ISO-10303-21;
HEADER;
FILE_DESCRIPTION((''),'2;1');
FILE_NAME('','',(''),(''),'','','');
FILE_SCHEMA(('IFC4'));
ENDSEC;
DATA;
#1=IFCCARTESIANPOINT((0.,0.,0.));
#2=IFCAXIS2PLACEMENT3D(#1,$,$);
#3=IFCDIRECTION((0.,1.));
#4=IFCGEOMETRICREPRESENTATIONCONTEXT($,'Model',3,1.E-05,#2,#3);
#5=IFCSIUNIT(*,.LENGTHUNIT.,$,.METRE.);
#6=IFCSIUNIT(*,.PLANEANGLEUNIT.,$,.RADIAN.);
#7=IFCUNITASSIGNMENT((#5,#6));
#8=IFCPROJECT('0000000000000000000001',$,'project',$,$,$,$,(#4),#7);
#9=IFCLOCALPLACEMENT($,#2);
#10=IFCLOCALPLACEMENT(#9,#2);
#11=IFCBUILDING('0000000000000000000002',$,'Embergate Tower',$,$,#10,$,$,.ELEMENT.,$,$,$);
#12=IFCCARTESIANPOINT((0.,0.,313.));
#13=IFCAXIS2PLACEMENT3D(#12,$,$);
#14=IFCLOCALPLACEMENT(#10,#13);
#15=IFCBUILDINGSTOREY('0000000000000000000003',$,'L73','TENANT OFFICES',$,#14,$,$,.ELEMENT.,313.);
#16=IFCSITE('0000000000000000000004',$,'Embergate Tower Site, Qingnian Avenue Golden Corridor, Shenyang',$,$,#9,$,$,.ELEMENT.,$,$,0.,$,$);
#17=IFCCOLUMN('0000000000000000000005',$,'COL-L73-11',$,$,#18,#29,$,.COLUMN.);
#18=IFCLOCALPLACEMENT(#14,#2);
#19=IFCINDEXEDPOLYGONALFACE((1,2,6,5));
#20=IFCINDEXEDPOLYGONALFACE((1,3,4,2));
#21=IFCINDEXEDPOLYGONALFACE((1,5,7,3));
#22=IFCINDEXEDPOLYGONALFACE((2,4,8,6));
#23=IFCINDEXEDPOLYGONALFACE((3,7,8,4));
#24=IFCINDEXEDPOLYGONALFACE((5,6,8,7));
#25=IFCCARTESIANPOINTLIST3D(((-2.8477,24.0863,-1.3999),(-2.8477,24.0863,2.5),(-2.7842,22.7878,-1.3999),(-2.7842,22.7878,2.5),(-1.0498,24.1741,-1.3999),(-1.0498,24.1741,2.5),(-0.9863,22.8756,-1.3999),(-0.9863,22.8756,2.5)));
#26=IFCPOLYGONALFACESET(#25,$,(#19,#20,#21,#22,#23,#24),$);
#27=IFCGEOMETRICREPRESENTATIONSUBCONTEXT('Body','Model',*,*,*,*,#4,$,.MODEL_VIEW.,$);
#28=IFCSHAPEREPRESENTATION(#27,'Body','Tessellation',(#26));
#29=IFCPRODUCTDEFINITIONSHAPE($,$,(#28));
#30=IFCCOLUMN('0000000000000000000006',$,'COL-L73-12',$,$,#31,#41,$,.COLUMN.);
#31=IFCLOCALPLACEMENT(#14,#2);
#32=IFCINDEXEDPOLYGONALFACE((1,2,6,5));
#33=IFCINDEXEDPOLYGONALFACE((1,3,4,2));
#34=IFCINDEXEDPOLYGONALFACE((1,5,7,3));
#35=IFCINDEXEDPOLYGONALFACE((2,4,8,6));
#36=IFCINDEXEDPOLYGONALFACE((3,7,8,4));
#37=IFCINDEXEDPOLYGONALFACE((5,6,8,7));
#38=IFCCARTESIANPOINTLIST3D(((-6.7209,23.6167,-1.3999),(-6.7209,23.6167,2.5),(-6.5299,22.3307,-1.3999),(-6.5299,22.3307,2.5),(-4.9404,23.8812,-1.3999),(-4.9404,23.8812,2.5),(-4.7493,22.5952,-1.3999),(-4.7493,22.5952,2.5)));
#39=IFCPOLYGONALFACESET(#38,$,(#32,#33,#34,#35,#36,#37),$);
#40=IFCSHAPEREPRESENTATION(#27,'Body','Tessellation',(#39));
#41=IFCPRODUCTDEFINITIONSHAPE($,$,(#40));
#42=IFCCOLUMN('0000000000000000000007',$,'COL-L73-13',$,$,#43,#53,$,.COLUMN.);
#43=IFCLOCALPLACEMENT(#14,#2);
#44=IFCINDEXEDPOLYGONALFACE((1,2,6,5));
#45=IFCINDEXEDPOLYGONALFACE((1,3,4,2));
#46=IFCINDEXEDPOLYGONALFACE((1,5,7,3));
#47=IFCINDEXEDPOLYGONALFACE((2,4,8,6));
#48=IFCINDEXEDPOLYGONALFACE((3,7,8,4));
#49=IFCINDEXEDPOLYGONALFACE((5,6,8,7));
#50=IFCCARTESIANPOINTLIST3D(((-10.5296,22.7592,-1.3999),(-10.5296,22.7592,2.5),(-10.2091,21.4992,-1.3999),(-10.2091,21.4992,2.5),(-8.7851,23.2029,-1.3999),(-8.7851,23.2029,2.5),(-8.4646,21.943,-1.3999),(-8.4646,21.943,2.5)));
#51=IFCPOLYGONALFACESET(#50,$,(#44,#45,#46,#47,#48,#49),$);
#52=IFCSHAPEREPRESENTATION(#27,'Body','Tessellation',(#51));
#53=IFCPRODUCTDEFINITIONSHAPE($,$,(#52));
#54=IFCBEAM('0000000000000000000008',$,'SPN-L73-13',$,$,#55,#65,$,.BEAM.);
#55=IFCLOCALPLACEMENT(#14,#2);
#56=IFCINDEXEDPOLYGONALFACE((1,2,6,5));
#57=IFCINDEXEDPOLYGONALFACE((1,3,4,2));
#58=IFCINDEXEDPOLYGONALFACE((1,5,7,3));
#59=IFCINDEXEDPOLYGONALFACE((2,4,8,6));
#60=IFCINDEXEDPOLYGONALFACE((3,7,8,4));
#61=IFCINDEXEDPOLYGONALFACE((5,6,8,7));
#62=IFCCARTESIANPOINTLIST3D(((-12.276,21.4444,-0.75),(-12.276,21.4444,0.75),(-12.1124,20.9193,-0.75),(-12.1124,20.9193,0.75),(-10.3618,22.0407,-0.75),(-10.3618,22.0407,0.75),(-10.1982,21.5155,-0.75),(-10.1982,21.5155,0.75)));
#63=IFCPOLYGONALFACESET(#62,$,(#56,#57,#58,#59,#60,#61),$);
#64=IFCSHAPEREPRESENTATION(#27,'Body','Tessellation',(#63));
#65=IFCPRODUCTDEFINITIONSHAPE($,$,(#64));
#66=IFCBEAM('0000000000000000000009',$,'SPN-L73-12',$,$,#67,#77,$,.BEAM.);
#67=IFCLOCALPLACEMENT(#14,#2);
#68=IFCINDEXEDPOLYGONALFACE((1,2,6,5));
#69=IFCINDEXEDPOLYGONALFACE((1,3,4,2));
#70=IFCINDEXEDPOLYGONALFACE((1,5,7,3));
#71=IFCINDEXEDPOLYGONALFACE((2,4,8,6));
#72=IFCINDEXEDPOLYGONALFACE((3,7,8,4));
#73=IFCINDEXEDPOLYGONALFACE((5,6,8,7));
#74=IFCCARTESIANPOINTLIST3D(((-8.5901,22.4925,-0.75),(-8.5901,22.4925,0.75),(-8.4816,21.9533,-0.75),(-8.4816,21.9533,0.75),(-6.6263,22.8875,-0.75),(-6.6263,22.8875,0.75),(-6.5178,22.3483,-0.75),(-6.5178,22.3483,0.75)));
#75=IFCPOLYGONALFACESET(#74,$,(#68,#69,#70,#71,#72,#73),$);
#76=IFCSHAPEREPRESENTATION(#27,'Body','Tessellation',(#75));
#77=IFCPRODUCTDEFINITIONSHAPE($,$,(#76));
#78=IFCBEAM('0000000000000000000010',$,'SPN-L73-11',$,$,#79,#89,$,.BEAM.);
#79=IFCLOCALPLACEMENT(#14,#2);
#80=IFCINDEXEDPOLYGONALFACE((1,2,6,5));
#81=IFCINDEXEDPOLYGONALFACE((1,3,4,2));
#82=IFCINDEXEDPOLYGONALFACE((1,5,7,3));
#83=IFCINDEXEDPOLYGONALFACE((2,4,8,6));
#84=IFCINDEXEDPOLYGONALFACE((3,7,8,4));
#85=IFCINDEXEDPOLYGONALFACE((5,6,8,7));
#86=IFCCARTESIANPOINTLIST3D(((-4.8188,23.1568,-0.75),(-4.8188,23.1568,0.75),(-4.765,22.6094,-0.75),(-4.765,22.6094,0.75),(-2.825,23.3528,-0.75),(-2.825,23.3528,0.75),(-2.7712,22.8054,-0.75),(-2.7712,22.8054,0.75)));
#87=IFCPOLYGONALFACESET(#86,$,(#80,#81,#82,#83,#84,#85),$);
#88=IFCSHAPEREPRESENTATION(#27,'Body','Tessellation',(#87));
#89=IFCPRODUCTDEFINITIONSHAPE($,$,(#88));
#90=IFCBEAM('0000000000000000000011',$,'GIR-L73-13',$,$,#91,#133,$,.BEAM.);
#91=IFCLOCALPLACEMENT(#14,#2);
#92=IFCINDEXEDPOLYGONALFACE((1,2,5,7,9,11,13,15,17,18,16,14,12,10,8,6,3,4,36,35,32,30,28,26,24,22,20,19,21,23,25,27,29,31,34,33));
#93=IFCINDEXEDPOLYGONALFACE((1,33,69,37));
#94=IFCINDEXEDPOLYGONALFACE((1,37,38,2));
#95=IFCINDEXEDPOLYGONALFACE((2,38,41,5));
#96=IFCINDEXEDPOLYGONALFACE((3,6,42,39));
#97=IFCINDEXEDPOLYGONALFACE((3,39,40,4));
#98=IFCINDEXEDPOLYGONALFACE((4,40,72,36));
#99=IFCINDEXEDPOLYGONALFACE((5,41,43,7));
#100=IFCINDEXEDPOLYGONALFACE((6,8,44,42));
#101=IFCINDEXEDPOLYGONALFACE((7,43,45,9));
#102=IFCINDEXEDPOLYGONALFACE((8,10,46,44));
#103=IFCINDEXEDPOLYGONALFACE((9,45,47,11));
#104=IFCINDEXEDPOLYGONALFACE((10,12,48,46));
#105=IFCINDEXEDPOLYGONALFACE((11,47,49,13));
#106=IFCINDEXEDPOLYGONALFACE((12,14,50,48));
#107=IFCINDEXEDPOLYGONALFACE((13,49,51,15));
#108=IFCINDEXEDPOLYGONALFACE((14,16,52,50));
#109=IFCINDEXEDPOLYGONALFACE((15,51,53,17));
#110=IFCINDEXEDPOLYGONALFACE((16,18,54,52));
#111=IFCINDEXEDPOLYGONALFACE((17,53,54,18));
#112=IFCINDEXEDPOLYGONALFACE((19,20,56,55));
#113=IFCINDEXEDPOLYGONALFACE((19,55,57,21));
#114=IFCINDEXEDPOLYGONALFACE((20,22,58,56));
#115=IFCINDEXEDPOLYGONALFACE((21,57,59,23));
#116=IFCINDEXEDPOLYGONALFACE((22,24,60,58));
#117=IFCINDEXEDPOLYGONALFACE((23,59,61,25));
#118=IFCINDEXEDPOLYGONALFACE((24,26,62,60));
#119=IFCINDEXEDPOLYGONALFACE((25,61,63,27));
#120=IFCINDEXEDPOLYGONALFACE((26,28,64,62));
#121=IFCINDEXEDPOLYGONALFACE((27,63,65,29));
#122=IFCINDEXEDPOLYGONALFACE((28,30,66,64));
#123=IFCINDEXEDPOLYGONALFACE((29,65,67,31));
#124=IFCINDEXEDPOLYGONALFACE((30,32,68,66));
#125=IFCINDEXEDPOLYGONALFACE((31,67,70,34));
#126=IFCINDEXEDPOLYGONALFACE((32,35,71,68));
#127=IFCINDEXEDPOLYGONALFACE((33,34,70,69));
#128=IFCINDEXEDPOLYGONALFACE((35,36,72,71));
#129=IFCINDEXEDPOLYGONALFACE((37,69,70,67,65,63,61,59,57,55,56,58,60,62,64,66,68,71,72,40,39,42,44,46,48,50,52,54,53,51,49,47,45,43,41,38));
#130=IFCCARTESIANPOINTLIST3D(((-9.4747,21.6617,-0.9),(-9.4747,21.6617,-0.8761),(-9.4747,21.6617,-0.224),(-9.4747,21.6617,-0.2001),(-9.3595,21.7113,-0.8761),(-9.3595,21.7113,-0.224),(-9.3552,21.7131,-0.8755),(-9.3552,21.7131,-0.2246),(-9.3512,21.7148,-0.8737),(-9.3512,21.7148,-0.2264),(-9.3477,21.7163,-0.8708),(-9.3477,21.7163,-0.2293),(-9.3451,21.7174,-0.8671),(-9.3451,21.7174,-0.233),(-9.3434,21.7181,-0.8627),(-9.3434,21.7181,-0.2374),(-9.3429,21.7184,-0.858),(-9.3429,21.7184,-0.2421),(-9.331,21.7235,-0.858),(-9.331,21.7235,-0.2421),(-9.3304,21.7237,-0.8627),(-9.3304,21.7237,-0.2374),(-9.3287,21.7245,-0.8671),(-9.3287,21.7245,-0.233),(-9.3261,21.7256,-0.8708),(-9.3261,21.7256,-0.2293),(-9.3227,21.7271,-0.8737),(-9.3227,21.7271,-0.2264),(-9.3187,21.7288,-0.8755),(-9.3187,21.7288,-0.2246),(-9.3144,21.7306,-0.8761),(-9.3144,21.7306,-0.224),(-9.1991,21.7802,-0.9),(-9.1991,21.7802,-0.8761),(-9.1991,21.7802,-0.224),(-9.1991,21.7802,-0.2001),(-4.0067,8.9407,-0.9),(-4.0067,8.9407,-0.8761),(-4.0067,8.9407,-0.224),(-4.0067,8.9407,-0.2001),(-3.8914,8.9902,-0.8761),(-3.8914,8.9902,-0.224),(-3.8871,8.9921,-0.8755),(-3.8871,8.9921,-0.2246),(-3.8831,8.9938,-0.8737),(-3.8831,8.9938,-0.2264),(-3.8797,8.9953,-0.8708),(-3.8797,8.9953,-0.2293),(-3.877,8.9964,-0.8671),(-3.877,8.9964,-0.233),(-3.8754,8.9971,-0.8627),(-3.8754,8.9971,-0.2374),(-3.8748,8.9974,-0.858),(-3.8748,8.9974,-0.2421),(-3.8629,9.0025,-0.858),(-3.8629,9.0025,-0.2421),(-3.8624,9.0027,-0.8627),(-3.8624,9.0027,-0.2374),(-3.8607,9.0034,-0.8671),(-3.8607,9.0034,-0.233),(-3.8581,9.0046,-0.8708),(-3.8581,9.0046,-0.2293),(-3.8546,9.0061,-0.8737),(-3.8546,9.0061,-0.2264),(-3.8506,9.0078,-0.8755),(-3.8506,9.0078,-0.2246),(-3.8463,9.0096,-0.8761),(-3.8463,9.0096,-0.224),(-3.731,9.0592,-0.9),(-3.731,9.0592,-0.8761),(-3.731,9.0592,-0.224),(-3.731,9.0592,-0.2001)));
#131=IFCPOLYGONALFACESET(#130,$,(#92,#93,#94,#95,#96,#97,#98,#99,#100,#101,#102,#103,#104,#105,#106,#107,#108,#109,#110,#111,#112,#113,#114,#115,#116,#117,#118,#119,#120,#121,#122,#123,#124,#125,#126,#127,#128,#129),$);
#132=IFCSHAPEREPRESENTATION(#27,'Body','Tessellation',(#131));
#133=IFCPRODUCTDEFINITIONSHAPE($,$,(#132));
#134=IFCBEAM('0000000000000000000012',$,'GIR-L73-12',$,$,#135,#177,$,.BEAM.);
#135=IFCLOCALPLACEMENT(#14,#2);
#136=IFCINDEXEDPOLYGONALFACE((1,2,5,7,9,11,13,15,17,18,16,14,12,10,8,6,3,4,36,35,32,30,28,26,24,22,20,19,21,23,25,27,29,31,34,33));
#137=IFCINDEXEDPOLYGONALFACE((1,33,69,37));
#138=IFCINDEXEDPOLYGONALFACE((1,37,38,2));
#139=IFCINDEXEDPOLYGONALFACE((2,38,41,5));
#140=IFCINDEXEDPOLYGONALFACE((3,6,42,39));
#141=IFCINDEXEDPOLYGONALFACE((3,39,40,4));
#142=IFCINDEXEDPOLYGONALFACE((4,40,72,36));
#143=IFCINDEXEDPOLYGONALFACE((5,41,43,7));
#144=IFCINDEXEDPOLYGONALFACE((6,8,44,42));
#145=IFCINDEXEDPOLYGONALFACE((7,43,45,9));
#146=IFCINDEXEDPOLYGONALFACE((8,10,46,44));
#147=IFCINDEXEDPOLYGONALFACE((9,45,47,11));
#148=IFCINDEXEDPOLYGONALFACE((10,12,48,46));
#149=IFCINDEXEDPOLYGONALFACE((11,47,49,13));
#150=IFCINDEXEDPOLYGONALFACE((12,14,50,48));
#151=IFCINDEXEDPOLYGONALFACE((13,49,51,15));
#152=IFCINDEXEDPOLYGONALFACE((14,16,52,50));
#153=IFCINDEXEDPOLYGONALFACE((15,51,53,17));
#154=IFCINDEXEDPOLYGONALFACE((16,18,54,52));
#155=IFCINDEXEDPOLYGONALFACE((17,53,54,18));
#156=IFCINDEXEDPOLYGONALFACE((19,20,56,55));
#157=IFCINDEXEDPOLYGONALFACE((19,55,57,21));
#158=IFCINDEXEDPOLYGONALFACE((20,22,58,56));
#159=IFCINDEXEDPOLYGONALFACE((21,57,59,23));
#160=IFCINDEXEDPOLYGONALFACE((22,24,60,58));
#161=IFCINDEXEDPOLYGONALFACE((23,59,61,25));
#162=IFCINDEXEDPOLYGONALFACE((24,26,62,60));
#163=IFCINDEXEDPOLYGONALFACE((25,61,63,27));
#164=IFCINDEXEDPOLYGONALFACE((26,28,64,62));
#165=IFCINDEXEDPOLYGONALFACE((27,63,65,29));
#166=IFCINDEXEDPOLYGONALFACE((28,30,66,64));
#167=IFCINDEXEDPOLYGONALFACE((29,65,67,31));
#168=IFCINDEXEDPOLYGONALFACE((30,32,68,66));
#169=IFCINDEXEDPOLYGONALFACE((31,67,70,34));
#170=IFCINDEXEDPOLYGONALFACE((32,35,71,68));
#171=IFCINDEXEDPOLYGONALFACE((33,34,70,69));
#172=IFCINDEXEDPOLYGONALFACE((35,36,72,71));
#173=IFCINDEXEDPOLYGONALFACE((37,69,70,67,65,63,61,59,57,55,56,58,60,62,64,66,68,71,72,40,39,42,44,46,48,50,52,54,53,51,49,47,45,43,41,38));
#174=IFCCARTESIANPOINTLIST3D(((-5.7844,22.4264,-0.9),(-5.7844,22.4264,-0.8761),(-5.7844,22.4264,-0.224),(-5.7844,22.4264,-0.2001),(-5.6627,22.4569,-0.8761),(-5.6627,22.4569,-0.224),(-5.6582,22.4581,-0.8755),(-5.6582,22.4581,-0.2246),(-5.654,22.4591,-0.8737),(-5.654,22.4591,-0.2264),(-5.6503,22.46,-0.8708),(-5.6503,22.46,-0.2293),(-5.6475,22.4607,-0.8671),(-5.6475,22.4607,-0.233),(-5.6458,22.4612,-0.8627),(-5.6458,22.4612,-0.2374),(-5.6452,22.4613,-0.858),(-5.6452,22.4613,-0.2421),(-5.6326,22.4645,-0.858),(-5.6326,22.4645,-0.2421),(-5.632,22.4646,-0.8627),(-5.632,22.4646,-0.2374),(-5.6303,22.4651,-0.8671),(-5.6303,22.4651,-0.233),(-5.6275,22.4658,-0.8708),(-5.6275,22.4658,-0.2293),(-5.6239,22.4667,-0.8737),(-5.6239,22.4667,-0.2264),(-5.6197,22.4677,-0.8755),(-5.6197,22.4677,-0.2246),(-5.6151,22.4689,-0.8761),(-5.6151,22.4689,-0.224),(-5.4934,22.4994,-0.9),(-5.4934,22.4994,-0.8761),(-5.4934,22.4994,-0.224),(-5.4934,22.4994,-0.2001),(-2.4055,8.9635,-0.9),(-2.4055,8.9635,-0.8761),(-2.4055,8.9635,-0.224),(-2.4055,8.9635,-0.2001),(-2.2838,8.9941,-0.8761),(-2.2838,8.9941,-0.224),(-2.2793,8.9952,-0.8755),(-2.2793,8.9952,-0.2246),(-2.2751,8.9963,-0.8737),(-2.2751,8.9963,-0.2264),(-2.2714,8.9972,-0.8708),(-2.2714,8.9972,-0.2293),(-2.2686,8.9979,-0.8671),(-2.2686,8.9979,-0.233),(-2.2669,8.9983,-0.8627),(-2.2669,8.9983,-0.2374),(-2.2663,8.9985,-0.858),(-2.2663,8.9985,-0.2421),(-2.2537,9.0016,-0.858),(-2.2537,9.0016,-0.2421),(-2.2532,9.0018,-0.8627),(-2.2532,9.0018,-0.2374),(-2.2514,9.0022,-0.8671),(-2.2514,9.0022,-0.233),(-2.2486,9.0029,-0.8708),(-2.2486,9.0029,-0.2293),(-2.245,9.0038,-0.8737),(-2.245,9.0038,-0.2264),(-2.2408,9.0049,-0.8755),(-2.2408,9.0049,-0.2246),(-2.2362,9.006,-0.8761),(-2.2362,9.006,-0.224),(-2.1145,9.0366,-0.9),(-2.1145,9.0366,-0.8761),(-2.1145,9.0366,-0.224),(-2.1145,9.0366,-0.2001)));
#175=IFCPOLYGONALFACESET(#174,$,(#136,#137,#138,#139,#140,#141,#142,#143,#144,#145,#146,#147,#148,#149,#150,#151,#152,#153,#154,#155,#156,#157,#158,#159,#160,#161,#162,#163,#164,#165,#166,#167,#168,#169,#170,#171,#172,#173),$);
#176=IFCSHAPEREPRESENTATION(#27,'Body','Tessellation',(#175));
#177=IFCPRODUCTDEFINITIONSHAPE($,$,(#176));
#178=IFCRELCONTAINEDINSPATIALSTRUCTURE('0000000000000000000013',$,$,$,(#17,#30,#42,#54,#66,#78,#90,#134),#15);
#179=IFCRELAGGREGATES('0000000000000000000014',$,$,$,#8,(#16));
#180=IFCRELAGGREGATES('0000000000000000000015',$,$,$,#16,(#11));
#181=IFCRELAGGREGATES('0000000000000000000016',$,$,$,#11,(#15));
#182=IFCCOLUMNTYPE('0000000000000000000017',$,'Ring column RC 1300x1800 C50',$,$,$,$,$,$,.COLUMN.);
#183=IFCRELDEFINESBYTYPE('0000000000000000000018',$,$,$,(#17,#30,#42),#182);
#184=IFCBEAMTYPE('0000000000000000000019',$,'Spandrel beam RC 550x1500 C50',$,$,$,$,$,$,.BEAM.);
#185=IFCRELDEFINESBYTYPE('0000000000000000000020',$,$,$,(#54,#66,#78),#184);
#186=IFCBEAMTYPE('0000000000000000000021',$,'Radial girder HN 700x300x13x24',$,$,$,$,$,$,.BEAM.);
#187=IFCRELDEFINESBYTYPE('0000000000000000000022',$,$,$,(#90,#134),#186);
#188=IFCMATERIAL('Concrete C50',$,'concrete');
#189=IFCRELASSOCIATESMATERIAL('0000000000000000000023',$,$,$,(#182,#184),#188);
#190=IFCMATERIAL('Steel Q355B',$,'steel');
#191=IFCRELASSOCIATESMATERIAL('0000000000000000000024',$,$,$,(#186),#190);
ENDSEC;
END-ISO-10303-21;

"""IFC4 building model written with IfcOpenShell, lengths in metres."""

from ifc_helpers import new_model, si_unit, direction, frame, origin, origin_2d, place, context, subcontext, project, spatial, rectangle, i_section, extrude, source, transform, mapped, material, material_profile, profile_set, type_object, element, save


model = new_model("IFC4")

# Units and contexts
model_context = context("Model", 3, precision=1e-05, world=origin(), true_north=direction((0.0, 1.0)))
body_context = subcontext(model_context, "Body", "Model", "MODEL_VIEW")
ifc_project = project(units=[si_unit("LENGTHUNIT", "METRE"), si_unit("PLANEANGLEUNIT", "RADIAN")], contexts=[model_context])

# Site, building, storey
site_placement = place(None, origin())
site = spatial("IfcSite", under=ifc_project, at=site_placement, Name="Embergate Tower Site, Qingnian Avenue Golden Corridor, Shenyang", CompositionType="ELEMENT", RefElevation=0.0)
building_placement = place(site_placement, origin())
building = spatial("IfcBuilding", under=site, at=building_placement, Name="Embergate Tower", CompositionType="ELEMENT")
storey_placement = place(building_placement, frame((0.0, 0.0, 313.0)))
storey = spatial("IfcBuildingStorey", under=building, at=storey_placement, Name="L73", Description="TENANT OFFICES", CompositionType="ELEMENT", Elevation=313.0)

# Columns
ifc_material_1 = material(Name="Concrete C50", Category="concrete")
ifc_material_profile_1 = material_profile(ifc_material_1, rectangle(XDim=1.3, YDim=1.8, at=origin_2d()), Name="RC 1300x1800")
ifc_profile_set_1 = profile_set([ifc_material_profile_1], Name="Concrete C50")
column_type = type_object("IfcColumnType", Name="Ring column RC 1300x1800 C50", PredefinedType="COLUMN", material=ifc_profile_set_1)
shared_shape_1 = source(origin(), body_context, "Body", "SweptSolid", [
    extrude(rectangle(XDim=1.3, YDim=1.8, at=origin_2d()), origin(), (0.0, 0.0, 1.0), 3.8999),
])
for number, where, z_axis, x_axis, name in (
    (1, (-1.917, 23.481, -1.3999), (0.0, 0.0, 1.0), (-0.048815, 0.998808, 0.0), "COL-L73-11"),
    (2, (-5.7351, 23.106, -1.3999), (0.0, 0.0, 1.0), (-0.146929, 0.989147, 0.0), "COL-L73-12"),
    (3, (-9.4971, 22.3511, -1.3999), (0.0, 0.0, 1.0), (-0.246509, 0.969141, 0.0), "COL-L73-13"),
):
    element("IfcColumn", number, at=place(storey_placement, frame(where, z_axis=z_axis, x_axis=x_axis)), inside=storey, type_object=column_type, Name=name, PredefinedType="COLUMN", context=body_context, shape_type="MappedRepresentation", body=[
        mapped(shared_shape_1, transform((0.0, 0.0, 0.0))),
    ])

# Beams
ifc_material_profile_2 = material_profile(ifc_material_1, rectangle(XDim=0.55, YDim=1.5, at=origin_2d()), Name="RC 550x1500")
ifc_profile_set_2 = profile_set([ifc_material_profile_2], Name="Concrete C50")
beam_type_1 = type_object("IfcBeamType", Name="Spandrel beam RC 550x1500 C50", PredefinedType="BEAM", material=ifc_profile_set_2)
shared_shape_2 = source(origin(), body_context, "Body", "SweptSolid", [
    extrude(rectangle(XDim=0.55, YDim=1.5, at=origin_2d()), origin(), (0.0, 0.0, 1.0), 2.0049),
])
beam_1_placement = place(storey_placement, frame((-10.28, 21.7781, 0.0), z_axis=(-0.954757, -0.297387, 0.0), x_axis=(0.297387, -0.954757, 0.0)))
element("IfcBeam", 4, at=beam_1_placement, inside=storey, type_object=beam_type_1, Name="SPN-L73-13", PredefinedType="BEAM", context=body_context, shape_type="MappedRepresentation", body=[
    mapped(shared_shape_2, transform((0.0, 0.0, 0.0))),
])
shared_shape_3 = source(origin(), body_context, "Body", "SweptSolid", [
    extrude(rectangle(XDim=0.55, YDim=1.5, at=origin_2d()), origin(), (0.0, 0.0, 1.0), 2.0032),
])
beam_2_placement = place(storey_placement, frame((-6.572, 22.6179, 0.0), z_axis=(-0.980364, -0.197194, 0.0), x_axis=(0.197194, -0.980364, 0.0)))
element("IfcBeam", 5, at=beam_2_placement, inside=storey, type_object=beam_type_1, Name="SPN-L73-12", PredefinedType="BEAM", context=body_context, shape_type="MappedRepresentation", body=[
    mapped(shared_shape_3, transform((0.0, 0.0, 0.0))),
])
shared_shape_4 = source(origin(), body_context, "Body", "SweptSolid", [
    extrude(rectangle(XDim=0.55, YDim=1.5, at=origin_2d()), origin(), (0.0, 0.0, 1.0), 2.0034),
])
beam_3_placement = place(storey_placement, frame((-2.7981, 23.0791, 0.0), z_axis=(-0.995201, -0.097851, 0.0), x_axis=(0.097851, -0.995201, 0.0)))
element("IfcBeam", 6, at=beam_3_placement, inside=storey, type_object=beam_type_1, Name="SPN-L73-11", PredefinedType="BEAM", context=body_context, shape_type="MappedRepresentation", body=[
    mapped(shared_shape_4, transform((0.0, 0.0, 0.0))),
])
ifc_material_2 = material(Name="Steel Q355B", Category="steel")
ifc_material_profile_3 = material_profile(ifc_material_2, i_section(OverallWidth=0.3, OverallDepth=0.7, WebThickness=0.0129, FlangeThickness=0.0239, FilletRadius=0.0181, at=origin_2d()), Name="HN 700x300x13x24")
ifc_profile_set_3 = profile_set([ifc_material_profile_3], Name="Steel Q355 grade B")
beam_type_2 = type_object("IfcBeamType", Name="Radial girder HN 700x300x13x24", PredefinedType="BEAM", material=ifc_profile_set_3)
shared_shape_5 = source(origin(), body_context, "Body", "SweptSolid", [
    extrude(i_section(OverallWidth=0.3, OverallDepth=0.7, WebThickness=0.0129, FlangeThickness=0.0239, FilletRadius=0.0181, at=origin_2d()), origin(), (0.0, 0.0, 1.0), 13.8464),
])
beam_4_placement = place(storey_placement, frame((-9.3369, 21.7209, -0.55), z_axis=(0.394906, -0.918721, 0.0), x_axis=(0.918721, 0.394906, 0.0)))
element("IfcBeam", 7, at=beam_4_placement, inside=storey, type_object=beam_type_2, Name="GIR-L73-13", PredefinedType="BEAM", context=body_context, shape_type="MappedRepresentation", body=[
    mapped(shared_shape_5, transform((0.0, 0.0, 0.0))),
])
shared_shape_6 = source(origin(), body_context, "Body", "SweptSolid", [
    extrude(i_section(OverallWidth=0.3, OverallDepth=0.7, WebThickness=0.0129, FlangeThickness=0.0239, FilletRadius=0.0181, at=origin_2d()), origin(), (0.0, 0.0, 1.0), 13.8804),
])
beam_5_placement = place(storey_placement, frame((-5.6389, 22.4629, -0.55), z_axis=(0.243429, -0.969919, 0.0), x_axis=(0.969919, 0.243429, 0.0)))
element("IfcBeam", 8, at=beam_5_placement, inside=storey, type_object=beam_type_2, Name="GIR-L73-12", PredefinedType="BEAM", context=body_context, shape_type="MappedRepresentation", body=[
    mapped(shared_shape_6, transform((0.0, 0.0, 0.0))),
])

save(model, "model.ifc")
